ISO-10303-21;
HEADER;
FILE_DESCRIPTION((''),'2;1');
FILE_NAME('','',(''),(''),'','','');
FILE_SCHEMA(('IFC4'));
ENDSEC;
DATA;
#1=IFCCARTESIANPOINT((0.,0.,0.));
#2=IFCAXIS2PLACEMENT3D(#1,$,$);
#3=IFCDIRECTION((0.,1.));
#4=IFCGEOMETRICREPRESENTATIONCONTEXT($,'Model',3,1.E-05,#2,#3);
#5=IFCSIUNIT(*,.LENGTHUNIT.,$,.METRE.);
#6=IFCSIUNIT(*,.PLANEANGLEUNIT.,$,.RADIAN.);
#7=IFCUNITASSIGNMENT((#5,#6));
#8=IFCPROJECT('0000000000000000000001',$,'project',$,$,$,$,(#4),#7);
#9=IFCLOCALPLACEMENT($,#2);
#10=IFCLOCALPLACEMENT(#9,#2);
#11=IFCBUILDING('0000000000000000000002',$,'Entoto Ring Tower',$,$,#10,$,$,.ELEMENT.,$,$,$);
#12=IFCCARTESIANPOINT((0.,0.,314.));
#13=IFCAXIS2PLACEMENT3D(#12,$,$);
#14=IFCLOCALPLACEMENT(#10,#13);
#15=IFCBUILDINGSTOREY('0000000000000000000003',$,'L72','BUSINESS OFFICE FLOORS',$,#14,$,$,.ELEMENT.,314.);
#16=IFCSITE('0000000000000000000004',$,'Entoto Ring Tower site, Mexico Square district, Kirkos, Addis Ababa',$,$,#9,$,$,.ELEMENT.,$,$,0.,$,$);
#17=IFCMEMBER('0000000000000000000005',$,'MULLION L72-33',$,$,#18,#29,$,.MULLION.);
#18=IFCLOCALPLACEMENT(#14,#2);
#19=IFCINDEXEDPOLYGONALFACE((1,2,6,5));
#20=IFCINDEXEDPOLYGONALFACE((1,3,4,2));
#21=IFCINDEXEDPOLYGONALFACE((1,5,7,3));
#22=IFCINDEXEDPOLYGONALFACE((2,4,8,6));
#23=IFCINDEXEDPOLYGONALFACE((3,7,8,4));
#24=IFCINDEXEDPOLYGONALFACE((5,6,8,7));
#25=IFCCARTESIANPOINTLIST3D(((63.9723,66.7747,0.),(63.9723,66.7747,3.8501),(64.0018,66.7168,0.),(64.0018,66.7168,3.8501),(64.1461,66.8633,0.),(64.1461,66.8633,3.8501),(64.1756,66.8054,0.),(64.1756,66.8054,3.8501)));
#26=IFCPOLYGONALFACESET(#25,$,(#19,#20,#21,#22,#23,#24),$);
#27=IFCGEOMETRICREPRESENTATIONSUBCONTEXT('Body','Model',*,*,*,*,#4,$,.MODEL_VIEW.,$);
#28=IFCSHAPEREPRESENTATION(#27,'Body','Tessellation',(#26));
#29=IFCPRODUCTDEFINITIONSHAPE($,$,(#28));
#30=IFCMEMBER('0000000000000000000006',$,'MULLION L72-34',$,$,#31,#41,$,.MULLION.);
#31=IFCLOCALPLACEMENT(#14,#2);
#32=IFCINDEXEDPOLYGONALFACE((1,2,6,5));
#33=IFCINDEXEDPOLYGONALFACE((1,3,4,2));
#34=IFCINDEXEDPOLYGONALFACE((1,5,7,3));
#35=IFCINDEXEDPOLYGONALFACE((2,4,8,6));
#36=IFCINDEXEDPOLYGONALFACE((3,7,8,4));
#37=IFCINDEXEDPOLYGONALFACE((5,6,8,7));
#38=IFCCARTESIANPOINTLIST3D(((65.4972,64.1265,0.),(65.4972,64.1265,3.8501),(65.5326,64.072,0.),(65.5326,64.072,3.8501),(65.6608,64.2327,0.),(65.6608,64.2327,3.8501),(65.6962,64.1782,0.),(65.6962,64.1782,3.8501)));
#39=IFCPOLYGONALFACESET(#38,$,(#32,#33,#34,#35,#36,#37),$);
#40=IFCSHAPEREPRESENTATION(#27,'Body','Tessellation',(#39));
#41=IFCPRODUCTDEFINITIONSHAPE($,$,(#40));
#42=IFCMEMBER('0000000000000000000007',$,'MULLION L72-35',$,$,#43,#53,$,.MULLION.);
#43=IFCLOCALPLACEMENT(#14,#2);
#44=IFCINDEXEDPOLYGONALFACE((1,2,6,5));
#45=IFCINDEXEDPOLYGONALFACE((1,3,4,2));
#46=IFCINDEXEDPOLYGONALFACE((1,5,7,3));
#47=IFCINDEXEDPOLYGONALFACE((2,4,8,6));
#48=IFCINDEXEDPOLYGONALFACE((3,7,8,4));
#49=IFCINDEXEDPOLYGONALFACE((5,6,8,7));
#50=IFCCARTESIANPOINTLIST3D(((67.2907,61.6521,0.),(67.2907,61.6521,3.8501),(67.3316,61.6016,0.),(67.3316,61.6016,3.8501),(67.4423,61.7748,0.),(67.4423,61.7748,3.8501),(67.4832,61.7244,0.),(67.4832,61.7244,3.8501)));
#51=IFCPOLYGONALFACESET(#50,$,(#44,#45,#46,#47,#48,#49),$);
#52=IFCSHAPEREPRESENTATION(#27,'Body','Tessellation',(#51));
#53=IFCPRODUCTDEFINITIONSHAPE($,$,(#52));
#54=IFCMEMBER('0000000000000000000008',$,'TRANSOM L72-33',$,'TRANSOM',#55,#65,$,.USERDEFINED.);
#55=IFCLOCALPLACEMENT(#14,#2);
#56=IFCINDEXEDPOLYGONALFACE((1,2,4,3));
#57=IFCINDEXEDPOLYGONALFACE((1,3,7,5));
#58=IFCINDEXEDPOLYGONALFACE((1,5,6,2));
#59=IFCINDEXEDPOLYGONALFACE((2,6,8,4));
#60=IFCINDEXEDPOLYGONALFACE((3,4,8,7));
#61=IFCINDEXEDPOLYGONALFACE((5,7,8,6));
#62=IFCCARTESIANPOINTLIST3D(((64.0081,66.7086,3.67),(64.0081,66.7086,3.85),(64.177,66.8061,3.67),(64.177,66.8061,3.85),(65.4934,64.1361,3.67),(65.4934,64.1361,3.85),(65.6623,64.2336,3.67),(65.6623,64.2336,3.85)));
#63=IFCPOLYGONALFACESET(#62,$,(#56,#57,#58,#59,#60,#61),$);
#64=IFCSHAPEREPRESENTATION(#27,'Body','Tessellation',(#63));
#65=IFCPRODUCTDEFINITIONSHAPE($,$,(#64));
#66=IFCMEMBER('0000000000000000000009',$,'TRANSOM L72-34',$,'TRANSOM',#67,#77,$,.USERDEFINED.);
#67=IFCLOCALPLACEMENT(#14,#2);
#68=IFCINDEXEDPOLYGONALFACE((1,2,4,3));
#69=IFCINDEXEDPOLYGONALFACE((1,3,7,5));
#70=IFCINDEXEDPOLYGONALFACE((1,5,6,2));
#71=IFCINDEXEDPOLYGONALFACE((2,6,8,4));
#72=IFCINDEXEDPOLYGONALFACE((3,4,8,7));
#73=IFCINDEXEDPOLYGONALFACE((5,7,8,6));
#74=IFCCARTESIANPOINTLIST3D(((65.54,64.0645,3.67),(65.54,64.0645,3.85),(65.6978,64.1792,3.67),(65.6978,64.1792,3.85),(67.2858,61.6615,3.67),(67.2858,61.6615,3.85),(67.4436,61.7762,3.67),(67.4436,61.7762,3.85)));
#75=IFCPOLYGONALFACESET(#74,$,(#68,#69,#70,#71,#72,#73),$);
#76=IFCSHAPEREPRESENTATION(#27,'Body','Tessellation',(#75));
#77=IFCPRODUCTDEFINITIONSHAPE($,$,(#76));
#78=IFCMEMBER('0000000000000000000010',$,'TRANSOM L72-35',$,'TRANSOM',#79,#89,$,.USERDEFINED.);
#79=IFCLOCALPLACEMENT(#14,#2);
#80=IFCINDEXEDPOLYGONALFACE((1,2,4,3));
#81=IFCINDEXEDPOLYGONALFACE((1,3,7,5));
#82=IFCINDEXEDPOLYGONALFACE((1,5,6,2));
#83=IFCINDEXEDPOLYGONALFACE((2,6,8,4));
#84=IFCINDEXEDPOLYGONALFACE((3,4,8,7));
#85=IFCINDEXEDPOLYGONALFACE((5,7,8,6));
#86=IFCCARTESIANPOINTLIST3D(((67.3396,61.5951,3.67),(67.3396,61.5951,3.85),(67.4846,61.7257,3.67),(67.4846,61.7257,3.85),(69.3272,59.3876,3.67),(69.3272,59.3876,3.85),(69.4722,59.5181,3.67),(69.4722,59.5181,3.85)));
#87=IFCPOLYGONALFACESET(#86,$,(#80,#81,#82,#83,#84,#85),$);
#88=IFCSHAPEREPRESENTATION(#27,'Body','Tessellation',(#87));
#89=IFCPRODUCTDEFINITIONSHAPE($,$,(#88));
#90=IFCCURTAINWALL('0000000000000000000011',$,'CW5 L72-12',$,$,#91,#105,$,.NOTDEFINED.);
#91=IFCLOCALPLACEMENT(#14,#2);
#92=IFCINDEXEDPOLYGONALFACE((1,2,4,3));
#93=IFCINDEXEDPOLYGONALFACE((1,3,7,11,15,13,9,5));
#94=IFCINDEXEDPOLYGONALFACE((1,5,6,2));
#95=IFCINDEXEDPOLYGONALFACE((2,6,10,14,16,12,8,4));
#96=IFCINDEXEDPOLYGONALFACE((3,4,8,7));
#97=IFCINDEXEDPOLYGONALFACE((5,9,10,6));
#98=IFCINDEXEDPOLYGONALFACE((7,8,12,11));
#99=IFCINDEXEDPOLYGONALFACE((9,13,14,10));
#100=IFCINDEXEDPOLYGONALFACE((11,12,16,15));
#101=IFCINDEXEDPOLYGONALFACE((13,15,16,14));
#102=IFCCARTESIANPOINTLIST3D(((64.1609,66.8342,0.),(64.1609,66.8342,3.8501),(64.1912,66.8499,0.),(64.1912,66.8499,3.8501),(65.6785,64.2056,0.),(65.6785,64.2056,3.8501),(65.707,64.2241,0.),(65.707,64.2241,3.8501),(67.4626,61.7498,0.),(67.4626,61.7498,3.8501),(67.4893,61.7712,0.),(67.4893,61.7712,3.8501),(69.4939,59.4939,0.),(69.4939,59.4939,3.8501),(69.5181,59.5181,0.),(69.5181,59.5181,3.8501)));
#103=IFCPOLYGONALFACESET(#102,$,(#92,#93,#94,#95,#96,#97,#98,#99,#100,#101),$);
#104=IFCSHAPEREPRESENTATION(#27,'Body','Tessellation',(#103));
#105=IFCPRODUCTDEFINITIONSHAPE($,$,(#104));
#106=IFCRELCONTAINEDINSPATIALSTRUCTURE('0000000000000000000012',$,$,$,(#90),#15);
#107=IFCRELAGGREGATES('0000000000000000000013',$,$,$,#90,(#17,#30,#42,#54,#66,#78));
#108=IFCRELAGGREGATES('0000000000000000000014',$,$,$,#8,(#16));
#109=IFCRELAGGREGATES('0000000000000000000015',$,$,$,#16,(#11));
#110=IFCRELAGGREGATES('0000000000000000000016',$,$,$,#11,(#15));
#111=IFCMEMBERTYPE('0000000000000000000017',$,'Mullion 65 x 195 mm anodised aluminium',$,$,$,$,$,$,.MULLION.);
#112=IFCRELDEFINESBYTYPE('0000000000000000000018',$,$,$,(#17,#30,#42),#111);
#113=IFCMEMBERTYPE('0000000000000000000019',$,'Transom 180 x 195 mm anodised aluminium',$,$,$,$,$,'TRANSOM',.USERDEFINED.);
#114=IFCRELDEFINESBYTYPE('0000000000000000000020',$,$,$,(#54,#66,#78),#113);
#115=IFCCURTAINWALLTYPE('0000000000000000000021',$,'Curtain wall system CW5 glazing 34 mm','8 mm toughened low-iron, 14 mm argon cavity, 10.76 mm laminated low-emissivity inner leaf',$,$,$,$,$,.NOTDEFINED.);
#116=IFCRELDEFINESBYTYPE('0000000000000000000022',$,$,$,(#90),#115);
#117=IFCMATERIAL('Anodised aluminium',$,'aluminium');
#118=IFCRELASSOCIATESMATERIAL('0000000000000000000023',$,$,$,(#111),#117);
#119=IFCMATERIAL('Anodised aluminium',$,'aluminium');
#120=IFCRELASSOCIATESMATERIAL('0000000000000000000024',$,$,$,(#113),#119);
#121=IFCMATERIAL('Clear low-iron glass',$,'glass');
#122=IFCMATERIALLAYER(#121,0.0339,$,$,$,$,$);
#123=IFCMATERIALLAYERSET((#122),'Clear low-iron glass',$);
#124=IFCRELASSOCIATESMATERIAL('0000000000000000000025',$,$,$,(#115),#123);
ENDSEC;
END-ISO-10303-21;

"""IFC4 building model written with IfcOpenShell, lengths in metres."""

from ifc_helpers import new_model, si_unit, direction, frame, origin, origin_2d, place, context, subcontext, project, spatial, polyline, rectangle, outline, extrude, material, layer, layer_set, material_profile, profile_set, type_object, element, aggregate, save


model = new_model("IFC4")

# Units and contexts
model_context = context("Model", 3, precision=1e-05, world=origin(), true_north=direction((0.0, 1.0)))
body_context = subcontext(model_context, "Body", "Model", "MODEL_VIEW")
ifc_project = project(units=[si_unit("LENGTHUNIT", "METRE"), si_unit("PLANEANGLEUNIT", "RADIAN")], contexts=[model_context])

# Members
ifc_material_1 = material(Name="Anodised aluminium", Category="aluminium")
ifc_material_profile_1 = material_profile(ifc_material_1, rectangle(XDim=0.0649, YDim=0.1951, at=origin_2d()), Name="Mullion 65 x 195 mm anodised aluminium")
ifc_profile_set_1 = profile_set([ifc_material_profile_1], Name="Anodised aluminium")
member_type_1 = type_object("IfcMemberType", Name="Mullion 65 x 195 mm anodised aluminium", PredefinedType="MULLION", material=ifc_profile_set_1)
site_placement = place(None, origin())
building_placement = place(site_placement, origin())
storey_placement = place(building_placement, frame((0.0, 0.0, 314.0)))
member_1_placement = place(storey_placement, frame((64.074, 66.79, 0.0), z_axis=(0.0, 0.0, 1.0), x_axis=(0.45399, -0.891007, 0.0)))
member_1 = element("IfcMember", 1, at=member_1_placement, type_object=member_type_1, Name="MULLION L72-33", PredefinedType="MULLION", context=body_context, shape_type="SweptSolid", body=[
    extrude(rectangle(XDim=0.0649, YDim=0.1951, at=origin_2d()), origin(), (0.0, 0.0, 1.0), 3.8501),
])
member_2_placement = place(storey_placement, frame((65.5967, 64.1523, 0.0), z_axis=(0.0, 0.0, 1.0), x_axis=(0.544639, -0.838671, 0.0)))
member_2 = element("IfcMember", 2, at=member_2_placement, type_object=member_type_1, Name="MULLION L72-34", PredefinedType="MULLION", context=body_context, shape_type="SweptSolid", body=[
    extrude(rectangle(XDim=0.0649, YDim=0.1951, at=origin_2d()), origin(), (0.0, 0.0, 1.0), 3.8501),
])
member_3_placement = place(storey_placement, frame((67.387, 61.6882, 0.0), z_axis=(0.0, 0.0, 1.0), x_axis=(0.62932, -0.777146, 0.0)))
member_3 = element("IfcMember", 3, at=member_3_placement, type_object=member_type_1, Name="MULLION L72-35", PredefinedType="MULLION", context=body_context, shape_type="SweptSolid", body=[
    extrude(rectangle(XDim=0.0649, YDim=0.1951, at=origin_2d()), origin(), (0.0, 0.0, 1.0), 3.8501),
])
ifc_material_2 = material(Name="Anodised aluminium", Category="aluminium")
ifc_material_profile_2 = material_profile(ifc_material_2, rectangle(XDim=0.1951, YDim=0.1799, at=origin_2d()), Name="Transom 180 x 195 mm anodised aluminium")
ifc_profile_set_2 = profile_set([ifc_material_profile_2], Name="Anodised aluminium")
member_type_2 = type_object("IfcMemberType", Name="Transom 180 x 195 mm anodised aluminium", ElementType="TRANSOM", PredefinedType="USERDEFINED", material=ifc_profile_set_2)
member_4_placement = place(storey_placement, frame((64.0925, 66.7573, 3.76), z_axis=(0.500028, -0.866009, 0.0), x_axis=(0.866009, 0.500028, 0.0)))
member_4 = element("IfcMember", 4, at=member_4_placement, type_object=member_type_2, Name="TRANSOM L72-33", ObjectType="TRANSOM", PredefinedType="USERDEFINED", context=body_context, shape_type="SweptSolid", body=[
    extrude(rectangle(XDim=0.1951, YDim=0.1799, at=origin_2d()), origin(), (0.0, 0.0, 1.0), 2.9705),
])
member_5_placement = place(storey_placement, frame((65.6189, 64.1218, 3.76), z_axis=(0.587766, -0.809031, 0.0), x_axis=(0.809031, 0.587766, 0.0)))
member_5 = element("IfcMember", 5, at=member_5_placement, type_object=member_type_2, Name="TRANSOM L72-34", ObjectType="TRANSOM", PredefinedType="USERDEFINED", context=body_context, shape_type="SweptSolid", body=[
    extrude(rectangle(XDim=0.1951, YDim=0.1799, at=origin_2d()), origin(), (0.0, 0.0, 1.0), 2.9702),
])
member_6_placement = place(storey_placement, frame((67.4121, 61.6604, 3.76), z_axis=(0.66911, -0.743163, 0.0), x_axis=(0.743163, 0.66911, 0.0)))
member_6 = element("IfcMember", 6, at=member_6_placement, type_object=member_type_2, Name="TRANSOM L72-35", ObjectType="TRANSOM", PredefinedType="USERDEFINED", context=body_context, shape_type="SweptSolid", body=[
    extrude(rectangle(XDim=0.1951, YDim=0.1799, at=origin_2d()), origin(), (0.0, 0.0, 1.0), 2.9705),
])

# Site, building, storey
site = spatial("IfcSite", under=ifc_project, at=site_placement, Name="Entoto Ring Tower site, Mexico Square district, Kirkos, Addis Ababa", CompositionType="ELEMENT", RefElevation=0.0)
building = spatial("IfcBuilding", under=site, at=building_placement, Name="Entoto Ring Tower", CompositionType="ELEMENT")
storey = spatial("IfcBuildingStorey", under=building, at=storey_placement, Name="L72", Description="BUSINESS OFFICE FLOORS", CompositionType="ELEMENT", Elevation=314.0)

# Curtain wall
ifc_material_3 = material(Name="Clear low-iron glass", Category="glass")
ifc_layer = layer(ifc_material_3, 0.0339)
ifc_layer_set = layer_set([ifc_layer], Name="Clear low-iron glass")
curtain_wall_type = type_object("IfcCurtainWallType", Name="Curtain wall system CW5 glazing 34 mm", Description="8 mm toughened low-iron, 14 mm argon cavity, 10.76 mm laminated low-emissivity inner leaf", PredefinedType="NOTDEFINED", material=ifc_layer_set)
curtain_wall_1_placement = place(storey_placement, origin())
curtain_wall_1 = element("IfcCurtainWall", 7, at=curtain_wall_1_placement, inside=storey, type_object=curtain_wall_type, Name="CW5 L72-12", PredefinedType="NOTDEFINED", context=body_context, shape_type="SweptSolid", body=[
    extrude(outline(polyline([(64.1609, 66.8342), (65.6785, 64.2056), (67.4626, 61.7498), (69.4939, 59.4939), (69.5181, 59.5181), (67.4893, 61.7712), (65.707, 64.2241), (64.1912, 66.8499), (64.1609, 66.8342)])), origin(), (0.0, 0.0, 1.0), 3.8501),
])
aggregate(curtain_wall_1, [member_1, member_2, member_3, member_4, member_5, member_6])

save(model, "model.ifc")
